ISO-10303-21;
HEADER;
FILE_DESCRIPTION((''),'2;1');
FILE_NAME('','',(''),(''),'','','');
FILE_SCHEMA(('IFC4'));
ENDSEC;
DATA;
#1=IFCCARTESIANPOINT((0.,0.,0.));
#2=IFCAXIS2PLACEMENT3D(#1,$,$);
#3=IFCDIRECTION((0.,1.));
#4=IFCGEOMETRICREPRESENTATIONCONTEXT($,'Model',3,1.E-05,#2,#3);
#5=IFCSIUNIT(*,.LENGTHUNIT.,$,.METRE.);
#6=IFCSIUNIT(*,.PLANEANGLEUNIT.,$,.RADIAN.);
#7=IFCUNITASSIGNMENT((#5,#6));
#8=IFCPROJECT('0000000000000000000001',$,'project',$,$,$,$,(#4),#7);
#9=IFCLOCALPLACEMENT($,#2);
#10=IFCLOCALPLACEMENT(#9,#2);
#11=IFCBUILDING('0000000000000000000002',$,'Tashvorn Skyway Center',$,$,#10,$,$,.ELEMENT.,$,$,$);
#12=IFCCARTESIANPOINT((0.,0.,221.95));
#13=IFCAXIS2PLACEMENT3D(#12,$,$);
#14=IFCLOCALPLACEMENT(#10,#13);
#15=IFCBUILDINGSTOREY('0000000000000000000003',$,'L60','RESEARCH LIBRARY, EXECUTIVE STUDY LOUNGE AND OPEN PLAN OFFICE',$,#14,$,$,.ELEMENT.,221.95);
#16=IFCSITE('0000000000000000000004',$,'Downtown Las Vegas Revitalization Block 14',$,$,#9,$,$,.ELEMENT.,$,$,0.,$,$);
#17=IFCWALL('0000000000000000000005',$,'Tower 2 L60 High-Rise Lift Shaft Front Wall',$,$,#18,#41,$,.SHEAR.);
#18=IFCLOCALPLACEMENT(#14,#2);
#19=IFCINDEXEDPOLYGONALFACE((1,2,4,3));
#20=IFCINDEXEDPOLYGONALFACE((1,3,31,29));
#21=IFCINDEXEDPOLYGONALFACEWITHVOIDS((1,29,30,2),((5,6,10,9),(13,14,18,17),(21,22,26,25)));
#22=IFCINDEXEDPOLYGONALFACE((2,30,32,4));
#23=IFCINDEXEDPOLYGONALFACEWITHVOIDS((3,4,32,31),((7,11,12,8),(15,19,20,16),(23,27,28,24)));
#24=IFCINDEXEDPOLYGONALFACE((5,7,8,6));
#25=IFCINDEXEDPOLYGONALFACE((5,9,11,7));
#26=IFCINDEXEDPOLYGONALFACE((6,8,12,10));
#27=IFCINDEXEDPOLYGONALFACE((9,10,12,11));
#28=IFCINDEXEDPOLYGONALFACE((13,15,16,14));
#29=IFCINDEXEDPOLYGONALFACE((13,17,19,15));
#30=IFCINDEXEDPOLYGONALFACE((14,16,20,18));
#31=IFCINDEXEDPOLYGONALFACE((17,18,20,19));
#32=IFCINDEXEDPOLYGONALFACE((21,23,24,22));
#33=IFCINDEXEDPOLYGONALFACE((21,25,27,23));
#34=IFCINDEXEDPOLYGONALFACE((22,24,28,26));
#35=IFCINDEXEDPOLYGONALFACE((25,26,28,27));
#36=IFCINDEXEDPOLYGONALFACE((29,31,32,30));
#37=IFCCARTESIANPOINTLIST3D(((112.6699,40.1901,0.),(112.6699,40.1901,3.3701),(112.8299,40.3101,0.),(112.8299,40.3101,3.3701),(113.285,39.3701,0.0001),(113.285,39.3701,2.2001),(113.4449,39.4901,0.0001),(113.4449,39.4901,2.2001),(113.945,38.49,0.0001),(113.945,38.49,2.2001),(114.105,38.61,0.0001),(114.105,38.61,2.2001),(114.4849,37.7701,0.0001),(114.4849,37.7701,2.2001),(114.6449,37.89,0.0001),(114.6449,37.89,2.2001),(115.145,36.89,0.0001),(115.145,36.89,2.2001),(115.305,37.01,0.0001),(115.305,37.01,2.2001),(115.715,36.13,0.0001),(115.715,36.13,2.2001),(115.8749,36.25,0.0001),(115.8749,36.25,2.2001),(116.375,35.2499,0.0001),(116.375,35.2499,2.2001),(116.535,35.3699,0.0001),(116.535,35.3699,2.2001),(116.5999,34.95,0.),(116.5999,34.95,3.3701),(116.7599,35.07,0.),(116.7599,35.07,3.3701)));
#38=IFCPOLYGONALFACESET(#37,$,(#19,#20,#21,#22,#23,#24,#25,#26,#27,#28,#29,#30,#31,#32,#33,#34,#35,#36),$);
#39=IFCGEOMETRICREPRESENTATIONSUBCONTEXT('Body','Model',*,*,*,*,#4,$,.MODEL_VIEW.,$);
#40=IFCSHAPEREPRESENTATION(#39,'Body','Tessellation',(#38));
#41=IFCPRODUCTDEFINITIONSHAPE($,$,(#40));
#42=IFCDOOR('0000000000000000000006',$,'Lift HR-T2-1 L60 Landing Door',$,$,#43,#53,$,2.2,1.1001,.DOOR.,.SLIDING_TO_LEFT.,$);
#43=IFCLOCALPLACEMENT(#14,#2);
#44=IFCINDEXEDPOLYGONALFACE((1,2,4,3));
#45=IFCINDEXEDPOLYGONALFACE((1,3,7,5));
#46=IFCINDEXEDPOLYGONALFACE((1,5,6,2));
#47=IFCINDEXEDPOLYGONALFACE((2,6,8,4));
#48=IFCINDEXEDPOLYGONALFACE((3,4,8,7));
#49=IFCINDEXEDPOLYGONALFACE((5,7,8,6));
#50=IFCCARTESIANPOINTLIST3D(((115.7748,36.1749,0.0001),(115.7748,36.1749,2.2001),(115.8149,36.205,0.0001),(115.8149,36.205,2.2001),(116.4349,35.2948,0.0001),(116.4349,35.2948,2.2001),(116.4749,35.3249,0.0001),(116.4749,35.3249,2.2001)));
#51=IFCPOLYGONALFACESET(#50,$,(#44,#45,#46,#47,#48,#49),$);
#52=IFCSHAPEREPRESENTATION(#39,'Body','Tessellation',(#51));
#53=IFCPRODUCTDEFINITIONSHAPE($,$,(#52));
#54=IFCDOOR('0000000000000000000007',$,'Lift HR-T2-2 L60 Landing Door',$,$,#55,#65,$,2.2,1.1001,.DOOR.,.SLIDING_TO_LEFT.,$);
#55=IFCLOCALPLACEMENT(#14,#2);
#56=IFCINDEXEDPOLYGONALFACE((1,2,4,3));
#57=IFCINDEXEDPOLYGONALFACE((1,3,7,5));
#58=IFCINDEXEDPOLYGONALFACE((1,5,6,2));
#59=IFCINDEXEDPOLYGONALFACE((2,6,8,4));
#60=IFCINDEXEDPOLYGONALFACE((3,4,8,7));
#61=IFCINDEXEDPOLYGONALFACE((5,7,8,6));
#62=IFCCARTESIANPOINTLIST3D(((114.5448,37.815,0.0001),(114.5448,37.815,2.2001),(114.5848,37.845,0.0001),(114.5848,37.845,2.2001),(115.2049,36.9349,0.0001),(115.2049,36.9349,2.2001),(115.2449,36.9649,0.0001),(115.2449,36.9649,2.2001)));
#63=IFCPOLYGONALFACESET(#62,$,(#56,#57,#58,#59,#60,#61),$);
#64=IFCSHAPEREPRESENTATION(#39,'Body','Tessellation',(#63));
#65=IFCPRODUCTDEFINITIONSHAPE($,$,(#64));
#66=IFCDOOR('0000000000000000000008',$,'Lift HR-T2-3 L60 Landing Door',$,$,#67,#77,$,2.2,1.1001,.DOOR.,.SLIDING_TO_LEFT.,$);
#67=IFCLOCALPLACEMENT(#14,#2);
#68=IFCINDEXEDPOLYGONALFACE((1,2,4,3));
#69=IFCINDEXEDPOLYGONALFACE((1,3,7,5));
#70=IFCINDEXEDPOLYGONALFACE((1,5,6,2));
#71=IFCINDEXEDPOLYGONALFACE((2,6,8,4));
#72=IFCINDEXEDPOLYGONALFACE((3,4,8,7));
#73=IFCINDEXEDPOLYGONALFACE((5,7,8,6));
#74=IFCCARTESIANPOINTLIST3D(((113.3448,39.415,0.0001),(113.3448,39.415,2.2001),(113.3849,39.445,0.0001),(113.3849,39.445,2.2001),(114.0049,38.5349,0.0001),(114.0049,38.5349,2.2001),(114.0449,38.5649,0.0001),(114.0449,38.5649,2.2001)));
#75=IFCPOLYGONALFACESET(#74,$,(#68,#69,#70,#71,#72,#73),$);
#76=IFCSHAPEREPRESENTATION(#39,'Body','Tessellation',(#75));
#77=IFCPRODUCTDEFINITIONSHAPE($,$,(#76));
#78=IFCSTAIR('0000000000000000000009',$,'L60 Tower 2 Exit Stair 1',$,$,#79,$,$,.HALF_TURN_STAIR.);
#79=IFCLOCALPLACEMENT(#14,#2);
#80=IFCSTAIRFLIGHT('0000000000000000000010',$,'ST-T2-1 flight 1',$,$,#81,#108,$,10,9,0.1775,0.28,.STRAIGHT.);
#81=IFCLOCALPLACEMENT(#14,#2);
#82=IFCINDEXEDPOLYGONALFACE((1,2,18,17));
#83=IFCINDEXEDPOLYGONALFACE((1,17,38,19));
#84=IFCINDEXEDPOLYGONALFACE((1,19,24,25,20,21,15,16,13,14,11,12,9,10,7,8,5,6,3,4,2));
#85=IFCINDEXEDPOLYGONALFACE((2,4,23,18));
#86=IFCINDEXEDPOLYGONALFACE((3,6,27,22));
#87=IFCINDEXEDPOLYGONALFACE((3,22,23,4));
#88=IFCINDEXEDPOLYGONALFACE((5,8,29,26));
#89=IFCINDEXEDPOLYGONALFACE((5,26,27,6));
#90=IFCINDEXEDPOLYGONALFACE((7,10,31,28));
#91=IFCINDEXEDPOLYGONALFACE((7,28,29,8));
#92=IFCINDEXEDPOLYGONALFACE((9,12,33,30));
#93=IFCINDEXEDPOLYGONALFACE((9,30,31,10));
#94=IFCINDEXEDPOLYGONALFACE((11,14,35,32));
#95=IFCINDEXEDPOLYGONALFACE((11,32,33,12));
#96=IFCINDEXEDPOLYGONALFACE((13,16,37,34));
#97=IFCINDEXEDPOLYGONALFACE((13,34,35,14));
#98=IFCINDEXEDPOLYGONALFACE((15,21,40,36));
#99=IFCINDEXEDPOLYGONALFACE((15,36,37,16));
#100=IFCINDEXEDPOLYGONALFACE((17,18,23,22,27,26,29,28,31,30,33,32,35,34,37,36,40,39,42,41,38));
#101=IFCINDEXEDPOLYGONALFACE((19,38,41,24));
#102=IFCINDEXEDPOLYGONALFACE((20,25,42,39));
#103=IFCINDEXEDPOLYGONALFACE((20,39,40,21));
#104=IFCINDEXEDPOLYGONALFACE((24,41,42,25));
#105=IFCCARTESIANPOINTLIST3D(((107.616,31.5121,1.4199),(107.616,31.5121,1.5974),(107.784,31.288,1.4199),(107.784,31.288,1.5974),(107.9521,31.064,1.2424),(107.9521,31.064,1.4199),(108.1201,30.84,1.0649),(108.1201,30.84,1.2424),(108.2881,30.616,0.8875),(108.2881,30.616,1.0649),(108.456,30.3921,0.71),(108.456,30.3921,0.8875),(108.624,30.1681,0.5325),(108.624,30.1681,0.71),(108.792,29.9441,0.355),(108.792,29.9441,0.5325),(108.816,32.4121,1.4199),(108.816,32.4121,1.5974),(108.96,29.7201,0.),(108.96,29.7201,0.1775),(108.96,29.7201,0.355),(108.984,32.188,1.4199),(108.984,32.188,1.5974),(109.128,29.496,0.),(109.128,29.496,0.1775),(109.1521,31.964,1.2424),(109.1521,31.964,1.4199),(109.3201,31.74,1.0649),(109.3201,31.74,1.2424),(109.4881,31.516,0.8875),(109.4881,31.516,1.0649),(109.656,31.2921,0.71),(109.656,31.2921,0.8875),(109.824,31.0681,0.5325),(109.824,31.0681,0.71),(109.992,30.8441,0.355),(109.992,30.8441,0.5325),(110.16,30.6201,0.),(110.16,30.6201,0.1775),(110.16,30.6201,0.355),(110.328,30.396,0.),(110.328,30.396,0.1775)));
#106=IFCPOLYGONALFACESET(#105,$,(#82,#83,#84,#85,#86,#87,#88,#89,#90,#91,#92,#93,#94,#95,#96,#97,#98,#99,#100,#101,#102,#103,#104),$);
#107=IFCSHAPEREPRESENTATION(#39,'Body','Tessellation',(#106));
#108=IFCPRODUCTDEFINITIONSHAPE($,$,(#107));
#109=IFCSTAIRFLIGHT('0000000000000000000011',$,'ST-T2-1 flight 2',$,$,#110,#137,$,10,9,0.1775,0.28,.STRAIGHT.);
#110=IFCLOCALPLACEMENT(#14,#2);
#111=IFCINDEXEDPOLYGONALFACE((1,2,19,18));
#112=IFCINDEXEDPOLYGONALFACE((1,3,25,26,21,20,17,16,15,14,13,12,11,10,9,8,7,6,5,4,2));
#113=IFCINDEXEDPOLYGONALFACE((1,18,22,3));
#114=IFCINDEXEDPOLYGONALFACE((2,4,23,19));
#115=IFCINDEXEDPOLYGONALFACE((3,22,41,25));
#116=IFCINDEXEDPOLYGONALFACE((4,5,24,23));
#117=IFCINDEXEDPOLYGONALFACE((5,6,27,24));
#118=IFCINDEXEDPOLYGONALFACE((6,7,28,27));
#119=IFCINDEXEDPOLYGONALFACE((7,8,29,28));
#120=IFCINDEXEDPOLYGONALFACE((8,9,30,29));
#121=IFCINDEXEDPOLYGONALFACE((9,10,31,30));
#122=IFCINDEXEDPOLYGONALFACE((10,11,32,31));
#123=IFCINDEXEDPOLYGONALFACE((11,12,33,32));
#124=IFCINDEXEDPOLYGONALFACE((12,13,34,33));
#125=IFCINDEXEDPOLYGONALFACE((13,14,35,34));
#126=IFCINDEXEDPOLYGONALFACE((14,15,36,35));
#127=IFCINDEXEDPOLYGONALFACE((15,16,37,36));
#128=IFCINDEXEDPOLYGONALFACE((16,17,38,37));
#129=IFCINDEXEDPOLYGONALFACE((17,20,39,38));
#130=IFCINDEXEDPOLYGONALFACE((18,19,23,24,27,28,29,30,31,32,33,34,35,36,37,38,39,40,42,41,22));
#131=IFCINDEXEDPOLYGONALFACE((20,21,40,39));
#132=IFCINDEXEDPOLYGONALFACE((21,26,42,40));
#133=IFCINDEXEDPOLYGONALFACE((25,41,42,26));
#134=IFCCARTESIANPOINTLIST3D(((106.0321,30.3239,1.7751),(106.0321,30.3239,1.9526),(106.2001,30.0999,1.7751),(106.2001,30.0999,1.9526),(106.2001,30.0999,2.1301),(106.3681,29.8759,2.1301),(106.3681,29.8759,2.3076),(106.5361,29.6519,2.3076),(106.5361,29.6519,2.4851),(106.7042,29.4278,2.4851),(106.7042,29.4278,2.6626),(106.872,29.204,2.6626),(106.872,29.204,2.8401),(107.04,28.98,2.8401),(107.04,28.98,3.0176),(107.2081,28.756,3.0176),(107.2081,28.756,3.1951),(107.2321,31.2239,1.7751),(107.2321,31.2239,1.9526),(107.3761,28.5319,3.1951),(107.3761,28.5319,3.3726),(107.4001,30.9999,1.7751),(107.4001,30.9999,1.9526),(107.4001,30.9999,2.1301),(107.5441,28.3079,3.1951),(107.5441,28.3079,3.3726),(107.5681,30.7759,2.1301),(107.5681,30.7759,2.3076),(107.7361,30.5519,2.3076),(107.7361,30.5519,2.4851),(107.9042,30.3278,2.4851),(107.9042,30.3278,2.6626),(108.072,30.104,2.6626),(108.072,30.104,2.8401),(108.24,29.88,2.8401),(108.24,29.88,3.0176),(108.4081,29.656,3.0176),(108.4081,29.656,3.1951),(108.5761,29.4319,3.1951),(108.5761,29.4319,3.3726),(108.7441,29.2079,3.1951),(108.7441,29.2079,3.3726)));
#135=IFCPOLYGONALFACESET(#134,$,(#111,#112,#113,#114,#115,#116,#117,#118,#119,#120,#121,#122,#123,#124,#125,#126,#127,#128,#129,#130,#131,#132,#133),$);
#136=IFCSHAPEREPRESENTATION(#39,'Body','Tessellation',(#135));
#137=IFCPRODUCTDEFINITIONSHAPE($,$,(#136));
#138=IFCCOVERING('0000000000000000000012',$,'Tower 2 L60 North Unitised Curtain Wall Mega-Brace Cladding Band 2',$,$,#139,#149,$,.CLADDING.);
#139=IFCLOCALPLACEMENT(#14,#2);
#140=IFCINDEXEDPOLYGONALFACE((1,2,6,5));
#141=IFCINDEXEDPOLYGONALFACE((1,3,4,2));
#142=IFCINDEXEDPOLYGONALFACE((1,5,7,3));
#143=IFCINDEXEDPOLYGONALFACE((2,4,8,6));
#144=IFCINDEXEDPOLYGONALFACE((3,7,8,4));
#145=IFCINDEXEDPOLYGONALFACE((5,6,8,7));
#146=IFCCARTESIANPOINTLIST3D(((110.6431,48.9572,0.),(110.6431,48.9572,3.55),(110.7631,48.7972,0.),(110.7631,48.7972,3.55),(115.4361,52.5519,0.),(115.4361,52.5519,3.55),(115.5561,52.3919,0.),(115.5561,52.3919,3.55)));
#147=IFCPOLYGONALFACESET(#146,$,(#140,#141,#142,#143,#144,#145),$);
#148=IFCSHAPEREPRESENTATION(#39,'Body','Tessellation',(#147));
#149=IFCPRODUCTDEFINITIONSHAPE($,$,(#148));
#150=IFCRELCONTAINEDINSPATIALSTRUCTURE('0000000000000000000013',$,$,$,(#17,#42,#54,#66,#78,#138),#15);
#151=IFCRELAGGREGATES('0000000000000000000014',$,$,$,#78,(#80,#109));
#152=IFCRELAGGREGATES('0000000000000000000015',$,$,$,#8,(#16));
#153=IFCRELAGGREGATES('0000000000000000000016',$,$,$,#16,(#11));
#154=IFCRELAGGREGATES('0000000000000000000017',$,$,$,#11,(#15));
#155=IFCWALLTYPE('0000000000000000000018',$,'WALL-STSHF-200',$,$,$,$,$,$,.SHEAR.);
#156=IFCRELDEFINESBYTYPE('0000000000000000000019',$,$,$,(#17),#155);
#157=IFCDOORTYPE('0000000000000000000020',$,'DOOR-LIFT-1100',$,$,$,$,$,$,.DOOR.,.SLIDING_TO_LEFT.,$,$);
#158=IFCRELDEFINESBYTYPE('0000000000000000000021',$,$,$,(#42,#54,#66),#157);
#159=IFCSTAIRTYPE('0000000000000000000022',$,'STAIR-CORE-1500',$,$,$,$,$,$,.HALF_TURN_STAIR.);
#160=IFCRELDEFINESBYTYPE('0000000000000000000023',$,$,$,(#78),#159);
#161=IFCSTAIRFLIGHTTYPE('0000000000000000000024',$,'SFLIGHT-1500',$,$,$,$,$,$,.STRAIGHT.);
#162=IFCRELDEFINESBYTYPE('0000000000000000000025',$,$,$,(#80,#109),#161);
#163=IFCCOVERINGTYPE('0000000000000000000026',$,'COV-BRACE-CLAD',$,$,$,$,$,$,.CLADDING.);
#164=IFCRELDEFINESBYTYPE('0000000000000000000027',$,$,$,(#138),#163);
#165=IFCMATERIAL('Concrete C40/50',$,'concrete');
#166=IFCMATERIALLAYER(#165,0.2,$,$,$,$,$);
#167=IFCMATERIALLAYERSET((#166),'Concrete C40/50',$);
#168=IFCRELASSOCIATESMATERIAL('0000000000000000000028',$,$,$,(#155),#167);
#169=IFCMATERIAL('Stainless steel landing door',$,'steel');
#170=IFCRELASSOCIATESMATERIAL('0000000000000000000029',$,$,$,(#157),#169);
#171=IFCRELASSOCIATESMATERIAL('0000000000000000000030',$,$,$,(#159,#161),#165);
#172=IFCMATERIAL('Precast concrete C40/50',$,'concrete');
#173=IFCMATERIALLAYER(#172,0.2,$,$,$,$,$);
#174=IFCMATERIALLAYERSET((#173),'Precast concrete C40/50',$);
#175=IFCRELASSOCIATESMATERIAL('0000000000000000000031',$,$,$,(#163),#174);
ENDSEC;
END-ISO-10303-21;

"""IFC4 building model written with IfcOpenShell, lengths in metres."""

from ifc_helpers import new_model, si_unit, direction, frame, frame_2d, origin, origin_2d, place, context, subcontext, project, spatial, polyline, rectangle, outline, extrude, material, layer, layer_set, type_object, element, fill, aggregate, save


model = new_model("IFC4")

# Units and contexts
model_context = context("Model", 3, precision=1e-05, world=origin(), true_north=direction((0.0, 1.0)))
body_context = subcontext(model_context, "Body", "Model", "MODEL_VIEW")
ifc_project = project(units=[si_unit("LENGTHUNIT", "METRE"), si_unit("PLANEANGLEUNIT", "RADIAN")], contexts=[model_context])

# Site, building, storey
site_placement = place(None, origin())
site = spatial("IfcSite", under=ifc_project, at=site_placement, Name="Downtown Las Vegas Revitalization Block 14", CompositionType="ELEMENT", RefElevation=0.0)
building_placement = place(site_placement, origin())
building = spatial("IfcBuilding", under=site, at=building_placement, Name="Tashvorn Skyway Center", CompositionType="ELEMENT")
storey_placement = place(building_placement, frame((0.0, 0.0, 221.95)))
storey = spatial("IfcBuildingStorey", under=building, at=storey_placement, Name="L60", Description="RESEARCH LIBRARY, EXECUTIVE STUDY LOUNGE AND OPEN PLAN OFFICE", CompositionType="ELEMENT", Elevation=221.95)

# Shared definitions
ifc_material_1 = material(Name="Concrete C40/50", Category="concrete")

# Wall, openings, doors
ifc_layer_1 = layer(ifc_material_1, 0.2)
ifc_layer_set_1 = layer_set([ifc_layer_1], Name="Concrete C40/50")
wall_type_1 = type_object("IfcWallType", Name="WALL-STSHF-200", PredefinedType="SHEAR", material=ifc_layer_set_1)
wall_1_placement = place(storey_placement, frame((112.75, 40.25, 0.0), z_axis=(0.0, 0.0, 1.0), x_axis=(0.599994, -0.800004, 0.0)))
wall_1 = element("IfcWall", 1, at=wall_1_placement, inside=storey, type_object=wall_type_1, Name="Tower 2 L60 High-Rise Lift Shaft Front Wall", PredefinedType="SHEAR", context=body_context, shape_type="SweptSolid", body=[
    extrude(rectangle(XDim=6.55, YDim=0.2, at=frame_2d((3.2749, 0.0))), origin(), (0.0, 0.0, 1.0), 3.3701),
])
opening_1_placement = place(wall_1_placement, frame((5.075, 0.0, 0.0)))
opening_1 = element("IfcOpeningElement", 2, at=opening_1_placement, cuts=wall_1, PredefinedType="OPENING", context=body_context, shape_type="SweptSolid", body=[
    extrude(rectangle(XDim=1.1001, YDim=2.2, at=frame_2d((0.55, 1.1001))), frame((0.0, 0.1099, 0.0), z_axis=(0.0, -1.0, 0.0), x_axis=(1.0, 0.0, 0.0)), (0.0, 0.0, 1.0), 0.22),
])
opening_2_placement = place(wall_1_placement, frame((3.0249, 0.0, 0.0)))
opening_2 = element("IfcOpeningElement", 3, at=opening_2_placement, cuts=wall_1, PredefinedType="OPENING", context=body_context, shape_type="SweptSolid", body=[
    extrude(rectangle(XDim=1.1001, YDim=2.2, at=frame_2d((0.55, 1.1001))), frame((0.0, 0.1099, 0.0), z_axis=(0.0, -1.0, 0.0), x_axis=(1.0, 0.0, 0.0)), (0.0, 0.0, 1.0), 0.22),
])
opening_3_placement = place(wall_1_placement, frame((1.0249, 0.0, 0.0)))
opening_3 = element("IfcOpeningElement", 4, at=opening_3_placement, cuts=wall_1, PredefinedType="OPENING", context=body_context, shape_type="SweptSolid", body=[
    extrude(rectangle(XDim=1.1001, YDim=2.2, at=frame_2d((0.55, 1.1001))), frame((0.0, 0.1099, 0.0), z_axis=(0.0, -1.0, 0.0), x_axis=(1.0, 0.0, 0.0)), (0.0, 0.0, 1.0), 0.22),
])
ifc_material_2 = material(Name="Stainless steel landing door", Category="steel")
door_type_1 = type_object("IfcDoorType", Name="DOOR-LIFT-1100", OperationType="SLIDING_TO_LEFT", PredefinedType="DOOR", material=ifc_material_2)
door_1_placement = place(opening_1_placement, origin())
door_1 = element("IfcDoor", 5, at=door_1_placement, inside=storey, type_object=door_type_1, Name="Lift HR-T2-1 L60 Landing Door", OperationType="SLIDING_TO_LEFT", OverallHeight=2.2, OverallWidth=1.1001, PredefinedType="DOOR", context=body_context, shape_type="SweptSolid", body=[
    extrude(rectangle(XDim=1.1001, YDim=2.2, at=frame_2d((0.55, 1.1001))), frame((0.0, 0.0249, 0.0), z_axis=(0.0, -1.0, 0.0), x_axis=(1.0, 0.0, 0.0)), (0.0, 0.0, 1.0), 0.05),
])
fill(opening_1, door_1)
door_2_placement = place(opening_2_placement, origin())
door_2 = element("IfcDoor", 6, at=door_2_placement, inside=storey, type_object=door_type_1, Name="Lift HR-T2-2 L60 Landing Door", OperationType="SLIDING_TO_LEFT", OverallHeight=2.2, OverallWidth=1.1001, PredefinedType="DOOR", context=body_context, shape_type="SweptSolid", body=[
    extrude(rectangle(XDim=1.1001, YDim=2.2, at=frame_2d((0.55, 1.1001))), frame((0.0, 0.0249, 0.0), z_axis=(0.0, -1.0, 0.0), x_axis=(1.0, 0.0, 0.0)), (0.0, 0.0, 1.0), 0.05),
])
fill(opening_2, door_2)
door_3_placement = place(opening_3_placement, origin())
door_3 = element("IfcDoor", 7, at=door_3_placement, inside=storey, type_object=door_type_1, Name="Lift HR-T2-3 L60 Landing Door", OperationType="SLIDING_TO_LEFT", OverallHeight=2.2, OverallWidth=1.1001, PredefinedType="DOOR", context=body_context, shape_type="SweptSolid", body=[
    extrude(rectangle(XDim=1.1001, YDim=2.2, at=frame_2d((0.55, 1.1001))), frame((0.0, 0.0249, 0.0), z_axis=(0.0, -1.0, 0.0), x_axis=(1.0, 0.0, 0.0)), (0.0, 0.0, 1.0), 0.05),
])
fill(opening_3, door_3)

# Stair, stair flights
stair_type = type_object("IfcStairType", Name="STAIR-CORE-1500", PredefinedType="HALF_TURN_STAIR", material=ifc_material_1)
stair_placement = place(storey_placement, origin())
stair = element("IfcStair", 8, at=stair_placement, inside=storey, type_object=stair_type, Name="L60 Tower 2 Exit Stair 1", PredefinedType="HALF_TURN_STAIR")
stair_flight_type = type_object("IfcStairFlightType", Name="SFLIGHT-1500", PredefinedType="STRAIGHT", material=ifc_material_1)
stair_flight_1_placement = place(storey_placement, frame((109.728, 29.946, 0.0), z_axis=(0.0, 0.0, 1.0), x_axis=(-0.6, 0.8, 0.0)))
stair_flight_1 = element("IfcStairFlight", 9, at=stair_flight_1_placement, type_object=stair_flight_type, Name="ST-T2-1 flight 1", NumberOfRisers=10, NumberOfTreads=9, PredefinedType="STRAIGHT", RiserHeight=0.1775, TreadLength=0.28, context=body_context, shape_type="SweptSolid", body=[
    extrude(outline(polyline([(0.0, 0.0), (0.0, 0.1775), (0.28, 0.1775), (0.28, 0.355), (0.5601, 0.355), (0.5601, 0.5325), (0.8401, 0.5325), (0.8401, 0.71), (1.1201, 0.71), (1.1201, 0.8875), (1.3999, 0.8875), (1.3999, 1.0649), (1.6799, 1.0649), (1.6799, 1.2424), (1.96, 1.2424), (1.96, 1.4199), (2.24, 1.4199), (2.24, 1.5974), (2.52, 1.5974), (2.52, 1.7749), (2.52, 1.4199), (0.28, 0.0), (0.0, 0.0)])), frame((0.0, 0.75, 0.0), z_axis=(0.0, -1.0, 0.0), x_axis=(1.0, 0.0, 0.0)), (0.0, 0.0, 1.0), 1.5),
])
stair_flight_2_placement = place(storey_placement, frame((106.6321, 30.7739, 1.7751), z_axis=(0.0, 0.0, 1.0), x_axis=(0.6, -0.8, 0.0)))
stair_flight_2 = element("IfcStairFlight", 10, at=stair_flight_2_placement, type_object=stair_flight_type, Name="ST-T2-1 flight 2", NumberOfRisers=10, NumberOfTreads=9, PredefinedType="STRAIGHT", RiserHeight=0.1775, TreadLength=0.28, context=body_context, shape_type="SweptSolid", body=[
    extrude(outline(polyline([(0.0, 0.0), (0.0, 0.1775), (0.28, 0.1775), (0.28, 0.355), (0.5601, 0.355), (0.5601, 0.5325), (0.8401, 0.5325), (0.8401, 0.71), (1.1201, 0.71), (1.1201, 0.8875), (1.3999, 0.8875), (1.3999, 1.0649), (1.6799, 1.0649), (1.6799, 1.2424), (1.96, 1.2424), (1.96, 1.4199), (2.24, 1.4199), (2.24, 1.5974), (2.52, 1.5974), (2.52, 1.7749), (2.52, 1.4199), (0.28, 0.0), (0.0, 0.0)])), frame((0.0, 0.75, 0.0), z_axis=(0.0, -1.0, 0.0), x_axis=(1.0, 0.0, 0.0)), (0.0, 0.0, 1.0), 1.5),
])
aggregate(stair, [stair_flight_1, stair_flight_2])

# Covering
ifc_material_3 = material(Name="Precast concrete C40/50", Category="concrete")
ifc_layer_2 = layer(ifc_material_3, 0.2)
ifc_layer_set_2 = layer_set([ifc_layer_2], Name="Precast concrete C40/50")
covering_type = type_object("IfcCoveringType", Name="COV-BRACE-CLAD", PredefinedType="CLADDING", material=ifc_layer_set_2)
covering_placement = place(storey_placement, frame((113.0996, 50.6746, 0.0), z_axis=(0.0, 0.0, 1.0), x_axis=(0.8, 0.6, 0.0)))
element("IfcCovering", 11, at=covering_placement, inside=storey, type_object=covering_type, Name="Tower 2 L60 North Unitised Curtain Wall Mega-Brace Cladding Band 2", PredefinedType="CLADDING", context=body_context, shape_type="SweptSolid", body=[
    extrude(rectangle(XDim=5.9912, YDim=0.2, at=origin_2d()), origin(), (0.0, 0.0, 1.0), 3.55),
])

save(model, "model.ifc")
